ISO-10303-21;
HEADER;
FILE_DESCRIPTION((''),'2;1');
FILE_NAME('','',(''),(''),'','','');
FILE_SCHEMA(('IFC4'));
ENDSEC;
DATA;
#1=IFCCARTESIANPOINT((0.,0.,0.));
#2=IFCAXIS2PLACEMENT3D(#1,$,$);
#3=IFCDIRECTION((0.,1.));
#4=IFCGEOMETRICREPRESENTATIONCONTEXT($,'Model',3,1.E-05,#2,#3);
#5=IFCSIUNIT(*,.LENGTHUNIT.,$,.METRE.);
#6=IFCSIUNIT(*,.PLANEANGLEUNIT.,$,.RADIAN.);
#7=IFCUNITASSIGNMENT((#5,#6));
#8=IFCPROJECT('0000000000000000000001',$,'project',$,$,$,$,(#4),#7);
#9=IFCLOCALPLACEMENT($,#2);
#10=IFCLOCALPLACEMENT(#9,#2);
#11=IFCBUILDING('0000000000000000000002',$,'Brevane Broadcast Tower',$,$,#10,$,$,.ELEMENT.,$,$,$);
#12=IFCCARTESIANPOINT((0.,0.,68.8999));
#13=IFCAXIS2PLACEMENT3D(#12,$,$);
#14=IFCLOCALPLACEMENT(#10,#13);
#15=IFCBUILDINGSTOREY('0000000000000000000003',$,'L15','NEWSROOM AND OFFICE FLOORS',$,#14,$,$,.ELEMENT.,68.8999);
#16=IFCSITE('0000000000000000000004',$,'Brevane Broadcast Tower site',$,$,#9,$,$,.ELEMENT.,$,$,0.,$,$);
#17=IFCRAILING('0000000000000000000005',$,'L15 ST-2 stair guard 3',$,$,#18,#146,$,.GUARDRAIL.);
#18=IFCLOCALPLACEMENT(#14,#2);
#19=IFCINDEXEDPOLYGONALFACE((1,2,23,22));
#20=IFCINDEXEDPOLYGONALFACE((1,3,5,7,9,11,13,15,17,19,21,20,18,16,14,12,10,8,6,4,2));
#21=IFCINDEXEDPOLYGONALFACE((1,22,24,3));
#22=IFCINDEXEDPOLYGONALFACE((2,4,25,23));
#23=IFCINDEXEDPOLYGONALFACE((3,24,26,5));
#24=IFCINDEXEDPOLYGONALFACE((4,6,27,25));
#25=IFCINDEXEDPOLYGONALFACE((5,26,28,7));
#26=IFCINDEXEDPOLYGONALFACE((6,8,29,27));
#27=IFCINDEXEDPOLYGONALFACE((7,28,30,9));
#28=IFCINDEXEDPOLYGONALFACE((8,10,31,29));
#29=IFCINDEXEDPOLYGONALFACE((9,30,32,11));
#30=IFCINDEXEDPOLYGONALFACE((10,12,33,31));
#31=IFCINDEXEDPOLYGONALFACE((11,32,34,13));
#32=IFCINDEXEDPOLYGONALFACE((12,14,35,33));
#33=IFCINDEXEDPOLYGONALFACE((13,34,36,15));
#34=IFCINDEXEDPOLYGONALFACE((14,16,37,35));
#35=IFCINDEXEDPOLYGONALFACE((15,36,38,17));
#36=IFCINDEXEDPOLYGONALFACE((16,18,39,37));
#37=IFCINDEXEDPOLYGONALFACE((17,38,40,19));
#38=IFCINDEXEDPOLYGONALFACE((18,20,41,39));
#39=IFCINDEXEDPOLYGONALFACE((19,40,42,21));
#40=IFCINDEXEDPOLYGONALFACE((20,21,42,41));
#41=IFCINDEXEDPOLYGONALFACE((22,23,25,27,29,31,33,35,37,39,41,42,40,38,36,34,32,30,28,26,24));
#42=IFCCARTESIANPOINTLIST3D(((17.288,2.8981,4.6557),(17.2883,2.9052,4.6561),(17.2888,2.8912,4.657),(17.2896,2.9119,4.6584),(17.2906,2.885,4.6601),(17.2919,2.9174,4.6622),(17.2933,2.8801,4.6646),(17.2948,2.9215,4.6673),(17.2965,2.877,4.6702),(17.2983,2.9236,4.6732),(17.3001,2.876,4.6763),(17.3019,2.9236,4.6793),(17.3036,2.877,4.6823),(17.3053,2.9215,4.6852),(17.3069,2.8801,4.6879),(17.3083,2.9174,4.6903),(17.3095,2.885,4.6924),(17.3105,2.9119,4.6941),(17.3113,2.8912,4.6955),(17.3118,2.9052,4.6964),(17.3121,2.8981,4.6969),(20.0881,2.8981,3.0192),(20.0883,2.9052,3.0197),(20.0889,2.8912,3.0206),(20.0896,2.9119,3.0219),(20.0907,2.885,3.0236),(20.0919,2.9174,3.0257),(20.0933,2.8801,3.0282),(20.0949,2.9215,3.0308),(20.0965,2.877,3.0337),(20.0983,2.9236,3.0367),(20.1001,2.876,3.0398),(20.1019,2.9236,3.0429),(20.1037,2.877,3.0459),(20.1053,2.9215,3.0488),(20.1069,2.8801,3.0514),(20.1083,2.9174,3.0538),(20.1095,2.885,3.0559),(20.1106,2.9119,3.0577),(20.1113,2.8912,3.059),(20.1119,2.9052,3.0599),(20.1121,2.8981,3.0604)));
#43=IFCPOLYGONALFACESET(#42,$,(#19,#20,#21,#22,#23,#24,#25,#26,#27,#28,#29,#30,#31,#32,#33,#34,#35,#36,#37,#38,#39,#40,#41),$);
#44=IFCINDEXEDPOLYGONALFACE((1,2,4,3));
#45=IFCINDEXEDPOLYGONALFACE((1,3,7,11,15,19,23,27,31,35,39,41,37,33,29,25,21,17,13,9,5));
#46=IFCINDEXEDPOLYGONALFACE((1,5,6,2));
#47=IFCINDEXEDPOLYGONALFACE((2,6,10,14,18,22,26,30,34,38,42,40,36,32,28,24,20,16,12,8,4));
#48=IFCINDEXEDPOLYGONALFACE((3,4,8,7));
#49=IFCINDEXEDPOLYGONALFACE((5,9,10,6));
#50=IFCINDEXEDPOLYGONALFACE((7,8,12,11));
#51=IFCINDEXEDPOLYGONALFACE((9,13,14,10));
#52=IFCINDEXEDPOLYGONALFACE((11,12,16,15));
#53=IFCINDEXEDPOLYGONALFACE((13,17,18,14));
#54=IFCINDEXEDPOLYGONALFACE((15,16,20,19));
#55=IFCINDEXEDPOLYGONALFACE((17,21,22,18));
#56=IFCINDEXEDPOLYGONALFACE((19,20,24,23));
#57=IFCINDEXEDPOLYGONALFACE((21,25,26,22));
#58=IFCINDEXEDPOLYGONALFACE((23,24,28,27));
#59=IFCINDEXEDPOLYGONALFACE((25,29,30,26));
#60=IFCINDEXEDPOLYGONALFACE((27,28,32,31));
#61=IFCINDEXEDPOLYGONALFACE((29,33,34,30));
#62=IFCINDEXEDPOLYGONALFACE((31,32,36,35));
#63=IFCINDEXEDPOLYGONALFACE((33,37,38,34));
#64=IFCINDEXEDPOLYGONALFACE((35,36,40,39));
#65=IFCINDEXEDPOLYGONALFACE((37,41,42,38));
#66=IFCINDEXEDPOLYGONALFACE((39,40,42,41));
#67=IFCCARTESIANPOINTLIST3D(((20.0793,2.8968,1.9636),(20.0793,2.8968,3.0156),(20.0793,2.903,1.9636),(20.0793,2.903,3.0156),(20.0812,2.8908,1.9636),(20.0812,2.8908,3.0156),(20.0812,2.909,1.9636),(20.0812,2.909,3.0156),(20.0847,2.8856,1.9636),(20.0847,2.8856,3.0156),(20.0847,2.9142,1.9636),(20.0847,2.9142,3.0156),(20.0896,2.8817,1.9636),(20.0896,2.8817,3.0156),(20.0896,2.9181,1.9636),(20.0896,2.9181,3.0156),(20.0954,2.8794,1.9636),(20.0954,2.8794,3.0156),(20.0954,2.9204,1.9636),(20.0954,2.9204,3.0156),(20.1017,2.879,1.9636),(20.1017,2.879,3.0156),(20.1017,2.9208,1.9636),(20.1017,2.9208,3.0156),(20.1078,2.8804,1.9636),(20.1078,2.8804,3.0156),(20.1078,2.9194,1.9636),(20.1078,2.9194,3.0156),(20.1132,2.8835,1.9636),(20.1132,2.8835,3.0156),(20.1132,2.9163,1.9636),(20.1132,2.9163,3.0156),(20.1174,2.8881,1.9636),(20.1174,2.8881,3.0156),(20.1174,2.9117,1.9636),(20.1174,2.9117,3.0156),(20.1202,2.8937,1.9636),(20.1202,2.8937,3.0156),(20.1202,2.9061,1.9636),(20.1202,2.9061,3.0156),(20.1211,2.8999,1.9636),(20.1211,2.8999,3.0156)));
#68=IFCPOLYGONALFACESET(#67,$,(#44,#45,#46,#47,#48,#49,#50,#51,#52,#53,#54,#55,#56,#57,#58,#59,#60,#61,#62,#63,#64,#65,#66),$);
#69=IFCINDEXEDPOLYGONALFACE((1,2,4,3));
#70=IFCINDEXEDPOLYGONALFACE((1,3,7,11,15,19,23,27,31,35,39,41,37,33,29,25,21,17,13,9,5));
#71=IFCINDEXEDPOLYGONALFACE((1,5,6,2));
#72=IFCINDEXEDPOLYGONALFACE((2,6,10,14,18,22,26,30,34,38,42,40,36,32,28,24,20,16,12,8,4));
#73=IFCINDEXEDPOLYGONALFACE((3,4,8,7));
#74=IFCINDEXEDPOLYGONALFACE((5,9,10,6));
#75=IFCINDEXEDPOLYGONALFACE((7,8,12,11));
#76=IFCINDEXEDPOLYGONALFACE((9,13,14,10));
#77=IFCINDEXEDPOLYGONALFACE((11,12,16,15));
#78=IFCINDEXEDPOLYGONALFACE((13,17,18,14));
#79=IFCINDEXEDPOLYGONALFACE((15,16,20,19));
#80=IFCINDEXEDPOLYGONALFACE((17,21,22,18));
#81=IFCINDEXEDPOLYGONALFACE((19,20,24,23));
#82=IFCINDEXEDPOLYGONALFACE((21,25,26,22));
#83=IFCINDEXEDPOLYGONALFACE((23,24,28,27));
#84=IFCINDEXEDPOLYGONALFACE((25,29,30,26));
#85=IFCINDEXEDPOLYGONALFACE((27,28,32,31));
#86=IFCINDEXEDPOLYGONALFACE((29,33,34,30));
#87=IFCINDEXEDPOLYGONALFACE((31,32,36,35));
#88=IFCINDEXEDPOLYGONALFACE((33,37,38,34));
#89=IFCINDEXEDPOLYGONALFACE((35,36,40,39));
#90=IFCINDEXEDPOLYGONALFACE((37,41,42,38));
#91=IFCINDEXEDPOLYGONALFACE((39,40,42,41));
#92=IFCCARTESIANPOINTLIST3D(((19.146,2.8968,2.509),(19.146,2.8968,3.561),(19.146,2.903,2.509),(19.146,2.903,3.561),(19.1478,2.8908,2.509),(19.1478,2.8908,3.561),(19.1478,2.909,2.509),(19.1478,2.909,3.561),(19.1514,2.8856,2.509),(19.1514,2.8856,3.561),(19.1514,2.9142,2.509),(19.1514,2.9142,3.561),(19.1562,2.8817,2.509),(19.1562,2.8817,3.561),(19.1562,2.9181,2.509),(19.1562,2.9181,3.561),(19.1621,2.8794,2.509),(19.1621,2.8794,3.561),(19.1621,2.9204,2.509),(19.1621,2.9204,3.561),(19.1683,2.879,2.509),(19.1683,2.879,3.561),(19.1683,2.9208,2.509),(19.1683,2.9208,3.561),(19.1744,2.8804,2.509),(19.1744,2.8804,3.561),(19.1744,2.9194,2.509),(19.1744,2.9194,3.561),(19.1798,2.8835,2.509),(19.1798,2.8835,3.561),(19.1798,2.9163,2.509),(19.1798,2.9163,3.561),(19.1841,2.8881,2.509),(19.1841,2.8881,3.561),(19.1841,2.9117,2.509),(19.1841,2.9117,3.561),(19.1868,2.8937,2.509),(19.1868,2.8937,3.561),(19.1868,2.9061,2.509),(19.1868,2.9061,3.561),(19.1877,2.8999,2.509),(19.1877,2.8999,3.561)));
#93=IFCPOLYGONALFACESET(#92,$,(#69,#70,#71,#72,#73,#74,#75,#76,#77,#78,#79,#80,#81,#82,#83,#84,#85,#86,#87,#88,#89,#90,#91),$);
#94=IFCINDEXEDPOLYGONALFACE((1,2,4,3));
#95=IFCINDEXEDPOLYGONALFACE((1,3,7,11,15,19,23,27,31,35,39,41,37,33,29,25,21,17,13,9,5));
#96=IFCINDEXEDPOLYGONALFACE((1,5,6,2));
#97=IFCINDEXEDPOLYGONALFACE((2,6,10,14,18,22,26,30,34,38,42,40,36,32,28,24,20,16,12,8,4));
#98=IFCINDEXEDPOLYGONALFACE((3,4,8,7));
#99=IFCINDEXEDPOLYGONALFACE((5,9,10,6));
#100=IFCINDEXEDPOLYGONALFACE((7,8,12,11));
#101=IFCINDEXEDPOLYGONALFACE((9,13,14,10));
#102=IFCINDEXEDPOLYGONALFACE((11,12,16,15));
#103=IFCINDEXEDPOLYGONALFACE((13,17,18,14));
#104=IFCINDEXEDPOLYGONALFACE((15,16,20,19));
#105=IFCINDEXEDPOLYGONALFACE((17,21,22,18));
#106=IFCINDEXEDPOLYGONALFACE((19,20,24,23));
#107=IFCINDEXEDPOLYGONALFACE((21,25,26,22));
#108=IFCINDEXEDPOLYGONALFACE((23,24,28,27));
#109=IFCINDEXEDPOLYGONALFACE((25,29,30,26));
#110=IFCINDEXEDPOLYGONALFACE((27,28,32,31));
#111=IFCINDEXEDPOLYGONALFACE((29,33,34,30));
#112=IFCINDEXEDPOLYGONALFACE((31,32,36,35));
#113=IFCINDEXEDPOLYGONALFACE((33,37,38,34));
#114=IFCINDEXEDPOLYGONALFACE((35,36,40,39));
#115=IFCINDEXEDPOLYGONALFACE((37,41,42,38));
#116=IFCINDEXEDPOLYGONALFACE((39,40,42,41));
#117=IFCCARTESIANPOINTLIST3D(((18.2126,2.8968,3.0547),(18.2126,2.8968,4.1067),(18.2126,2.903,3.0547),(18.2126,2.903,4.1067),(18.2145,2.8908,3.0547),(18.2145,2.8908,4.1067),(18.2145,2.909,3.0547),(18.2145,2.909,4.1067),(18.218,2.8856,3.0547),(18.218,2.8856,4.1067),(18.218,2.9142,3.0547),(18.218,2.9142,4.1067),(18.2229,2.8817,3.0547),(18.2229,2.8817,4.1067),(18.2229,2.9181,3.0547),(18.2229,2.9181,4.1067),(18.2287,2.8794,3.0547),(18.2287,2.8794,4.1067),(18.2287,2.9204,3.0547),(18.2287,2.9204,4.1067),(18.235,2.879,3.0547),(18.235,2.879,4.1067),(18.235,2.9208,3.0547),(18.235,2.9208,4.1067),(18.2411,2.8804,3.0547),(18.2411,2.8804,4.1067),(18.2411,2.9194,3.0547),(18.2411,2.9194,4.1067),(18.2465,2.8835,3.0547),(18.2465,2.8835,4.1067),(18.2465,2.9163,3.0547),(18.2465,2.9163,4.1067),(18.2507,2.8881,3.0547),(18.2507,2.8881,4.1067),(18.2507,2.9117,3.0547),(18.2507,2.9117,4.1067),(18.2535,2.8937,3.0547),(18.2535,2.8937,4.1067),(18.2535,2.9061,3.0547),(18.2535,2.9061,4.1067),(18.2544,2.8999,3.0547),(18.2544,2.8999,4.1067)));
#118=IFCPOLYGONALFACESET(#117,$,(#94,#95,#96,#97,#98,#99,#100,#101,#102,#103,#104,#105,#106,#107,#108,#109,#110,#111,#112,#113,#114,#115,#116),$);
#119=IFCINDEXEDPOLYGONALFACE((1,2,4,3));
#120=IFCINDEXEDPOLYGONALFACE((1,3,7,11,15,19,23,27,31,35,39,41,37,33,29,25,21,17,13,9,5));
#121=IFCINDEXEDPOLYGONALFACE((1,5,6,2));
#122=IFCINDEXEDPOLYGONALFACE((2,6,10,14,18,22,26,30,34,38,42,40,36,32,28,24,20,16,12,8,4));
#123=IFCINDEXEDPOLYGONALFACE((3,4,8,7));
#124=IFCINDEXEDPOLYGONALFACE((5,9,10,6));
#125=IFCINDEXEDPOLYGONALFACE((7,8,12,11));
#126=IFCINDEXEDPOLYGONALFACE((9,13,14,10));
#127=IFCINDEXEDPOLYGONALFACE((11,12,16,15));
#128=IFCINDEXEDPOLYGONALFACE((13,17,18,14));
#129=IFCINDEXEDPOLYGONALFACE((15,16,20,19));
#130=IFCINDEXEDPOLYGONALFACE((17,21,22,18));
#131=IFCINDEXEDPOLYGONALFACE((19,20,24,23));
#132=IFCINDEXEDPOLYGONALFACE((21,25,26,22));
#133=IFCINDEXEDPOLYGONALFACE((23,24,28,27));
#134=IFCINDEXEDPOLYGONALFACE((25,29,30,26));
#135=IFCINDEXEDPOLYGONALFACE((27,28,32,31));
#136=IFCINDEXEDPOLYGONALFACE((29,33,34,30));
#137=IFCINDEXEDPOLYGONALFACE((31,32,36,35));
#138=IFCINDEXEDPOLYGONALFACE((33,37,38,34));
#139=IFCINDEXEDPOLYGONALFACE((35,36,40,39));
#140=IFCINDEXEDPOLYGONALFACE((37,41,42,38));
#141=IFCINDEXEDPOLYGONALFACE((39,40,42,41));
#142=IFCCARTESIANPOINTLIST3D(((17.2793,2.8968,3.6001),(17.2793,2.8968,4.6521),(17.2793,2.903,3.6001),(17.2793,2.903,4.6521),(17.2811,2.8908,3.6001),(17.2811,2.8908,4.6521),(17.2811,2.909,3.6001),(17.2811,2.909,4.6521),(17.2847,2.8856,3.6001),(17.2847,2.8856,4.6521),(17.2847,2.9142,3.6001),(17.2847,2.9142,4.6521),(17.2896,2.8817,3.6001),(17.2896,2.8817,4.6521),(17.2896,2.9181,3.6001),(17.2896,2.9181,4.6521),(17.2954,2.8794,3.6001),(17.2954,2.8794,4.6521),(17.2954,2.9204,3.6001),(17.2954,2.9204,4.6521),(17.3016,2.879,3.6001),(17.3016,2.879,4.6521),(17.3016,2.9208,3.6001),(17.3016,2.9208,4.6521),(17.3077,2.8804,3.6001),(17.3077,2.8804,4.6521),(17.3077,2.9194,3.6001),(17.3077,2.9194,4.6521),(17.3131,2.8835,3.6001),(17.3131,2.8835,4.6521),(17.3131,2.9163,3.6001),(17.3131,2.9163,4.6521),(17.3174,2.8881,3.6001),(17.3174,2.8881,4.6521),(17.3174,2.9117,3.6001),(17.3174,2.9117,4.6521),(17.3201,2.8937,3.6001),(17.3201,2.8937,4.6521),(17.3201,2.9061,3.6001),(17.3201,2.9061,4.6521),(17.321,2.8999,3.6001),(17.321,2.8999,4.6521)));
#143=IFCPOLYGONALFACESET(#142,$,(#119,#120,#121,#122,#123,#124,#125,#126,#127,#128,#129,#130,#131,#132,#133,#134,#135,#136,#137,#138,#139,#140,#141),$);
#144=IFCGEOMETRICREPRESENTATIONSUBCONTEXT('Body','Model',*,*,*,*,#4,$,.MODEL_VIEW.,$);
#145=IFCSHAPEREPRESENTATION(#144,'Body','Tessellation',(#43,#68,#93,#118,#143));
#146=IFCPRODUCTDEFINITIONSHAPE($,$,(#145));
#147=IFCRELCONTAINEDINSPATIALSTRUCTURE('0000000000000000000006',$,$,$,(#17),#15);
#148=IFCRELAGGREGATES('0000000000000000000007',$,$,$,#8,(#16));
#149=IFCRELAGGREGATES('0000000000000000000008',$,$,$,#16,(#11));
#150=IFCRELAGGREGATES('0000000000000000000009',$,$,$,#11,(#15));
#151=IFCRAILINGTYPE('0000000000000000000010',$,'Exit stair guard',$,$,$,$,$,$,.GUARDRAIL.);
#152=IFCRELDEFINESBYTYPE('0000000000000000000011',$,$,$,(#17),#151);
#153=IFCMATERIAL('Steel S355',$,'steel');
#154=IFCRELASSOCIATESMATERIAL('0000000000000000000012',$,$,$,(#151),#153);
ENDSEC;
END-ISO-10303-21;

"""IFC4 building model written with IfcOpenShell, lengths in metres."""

from ifc_helpers import new_model, si_unit, direction, frame, origin, origin_2d, place, context, subcontext, project, spatial, circle, extrude, material, type_object, element, save


model = new_model("IFC4")

# Units and contexts
model_context = context("Model", 3, precision=1e-05, world=origin(), true_north=direction((0.0, 1.0)))
body_context = subcontext(model_context, "Body", "Model", "MODEL_VIEW")
ifc_project = project(units=[si_unit("LENGTHUNIT", "METRE"), si_unit("PLANEANGLEUNIT", "RADIAN")], contexts=[model_context])

# Site, building, storey
site_placement = place(None, origin())
site = spatial("IfcSite", under=ifc_project, at=site_placement, Name="Brevane Broadcast Tower site", CompositionType="ELEMENT", RefElevation=0.0)
building_placement = place(site_placement, origin())
building = spatial("IfcBuilding", under=site, at=building_placement, Name="Brevane Broadcast Tower", CompositionType="ELEMENT")
storey_placement = place(building_placement, frame((0.0, 0.0, 68.8999)))
storey = spatial("IfcBuildingStorey", under=building, at=storey_placement, Name="L15", Description="NEWSROOM AND OFFICE FLOORS", CompositionType="ELEMENT", Elevation=68.8999)

# Railing
ifc_material_1 = material(Name="Steel S355", Category="steel")
railing_type_1 = type_object("IfcRailingType", Name="Exit stair guard", PredefinedType="GUARDRAIL", material=ifc_material_1)
railing_1_placement = place(storey_placement, frame((20.1001, 2.8999, 1.9636)))
element("IfcRailing", 1, at=railing_1_placement, inside=storey, type_object=railing_type_1, Name="L15 ST-2 stair guard 3", PredefinedType="GUARDRAIL", context=body_context, shape_type="SweptSolid", body=[
    extrude(circle(Radius=0.0239, at=origin_2d()), frame((0.0, 0.0, 1.0762), z_axis=(-0.863361, 0.0, 0.504587), x_axis=(0.0, -1.0, 0.0)), (0.0, 0.0, 1.0), 3.2432),
    extrude(circle(Radius=0.021, at=origin_2d()), origin(), (0.0, 0.0, 1.0), 1.052),
    extrude(circle(Radius=0.021, at=origin_2d()), frame((-0.9333, 0.0, 0.5454)), (0.0, 0.0, 1.0), 1.052),
    extrude(circle(Radius=0.021, at=origin_2d()), frame((-1.8667, 0.0, 1.0911)), (0.0, 0.0, 1.0), 1.052),
    extrude(circle(Radius=0.021, at=origin_2d()), frame((-2.8, 0.0, 1.6365)), (0.0, 0.0, 1.0), 1.052),
])

save(model, "model.ifc")
